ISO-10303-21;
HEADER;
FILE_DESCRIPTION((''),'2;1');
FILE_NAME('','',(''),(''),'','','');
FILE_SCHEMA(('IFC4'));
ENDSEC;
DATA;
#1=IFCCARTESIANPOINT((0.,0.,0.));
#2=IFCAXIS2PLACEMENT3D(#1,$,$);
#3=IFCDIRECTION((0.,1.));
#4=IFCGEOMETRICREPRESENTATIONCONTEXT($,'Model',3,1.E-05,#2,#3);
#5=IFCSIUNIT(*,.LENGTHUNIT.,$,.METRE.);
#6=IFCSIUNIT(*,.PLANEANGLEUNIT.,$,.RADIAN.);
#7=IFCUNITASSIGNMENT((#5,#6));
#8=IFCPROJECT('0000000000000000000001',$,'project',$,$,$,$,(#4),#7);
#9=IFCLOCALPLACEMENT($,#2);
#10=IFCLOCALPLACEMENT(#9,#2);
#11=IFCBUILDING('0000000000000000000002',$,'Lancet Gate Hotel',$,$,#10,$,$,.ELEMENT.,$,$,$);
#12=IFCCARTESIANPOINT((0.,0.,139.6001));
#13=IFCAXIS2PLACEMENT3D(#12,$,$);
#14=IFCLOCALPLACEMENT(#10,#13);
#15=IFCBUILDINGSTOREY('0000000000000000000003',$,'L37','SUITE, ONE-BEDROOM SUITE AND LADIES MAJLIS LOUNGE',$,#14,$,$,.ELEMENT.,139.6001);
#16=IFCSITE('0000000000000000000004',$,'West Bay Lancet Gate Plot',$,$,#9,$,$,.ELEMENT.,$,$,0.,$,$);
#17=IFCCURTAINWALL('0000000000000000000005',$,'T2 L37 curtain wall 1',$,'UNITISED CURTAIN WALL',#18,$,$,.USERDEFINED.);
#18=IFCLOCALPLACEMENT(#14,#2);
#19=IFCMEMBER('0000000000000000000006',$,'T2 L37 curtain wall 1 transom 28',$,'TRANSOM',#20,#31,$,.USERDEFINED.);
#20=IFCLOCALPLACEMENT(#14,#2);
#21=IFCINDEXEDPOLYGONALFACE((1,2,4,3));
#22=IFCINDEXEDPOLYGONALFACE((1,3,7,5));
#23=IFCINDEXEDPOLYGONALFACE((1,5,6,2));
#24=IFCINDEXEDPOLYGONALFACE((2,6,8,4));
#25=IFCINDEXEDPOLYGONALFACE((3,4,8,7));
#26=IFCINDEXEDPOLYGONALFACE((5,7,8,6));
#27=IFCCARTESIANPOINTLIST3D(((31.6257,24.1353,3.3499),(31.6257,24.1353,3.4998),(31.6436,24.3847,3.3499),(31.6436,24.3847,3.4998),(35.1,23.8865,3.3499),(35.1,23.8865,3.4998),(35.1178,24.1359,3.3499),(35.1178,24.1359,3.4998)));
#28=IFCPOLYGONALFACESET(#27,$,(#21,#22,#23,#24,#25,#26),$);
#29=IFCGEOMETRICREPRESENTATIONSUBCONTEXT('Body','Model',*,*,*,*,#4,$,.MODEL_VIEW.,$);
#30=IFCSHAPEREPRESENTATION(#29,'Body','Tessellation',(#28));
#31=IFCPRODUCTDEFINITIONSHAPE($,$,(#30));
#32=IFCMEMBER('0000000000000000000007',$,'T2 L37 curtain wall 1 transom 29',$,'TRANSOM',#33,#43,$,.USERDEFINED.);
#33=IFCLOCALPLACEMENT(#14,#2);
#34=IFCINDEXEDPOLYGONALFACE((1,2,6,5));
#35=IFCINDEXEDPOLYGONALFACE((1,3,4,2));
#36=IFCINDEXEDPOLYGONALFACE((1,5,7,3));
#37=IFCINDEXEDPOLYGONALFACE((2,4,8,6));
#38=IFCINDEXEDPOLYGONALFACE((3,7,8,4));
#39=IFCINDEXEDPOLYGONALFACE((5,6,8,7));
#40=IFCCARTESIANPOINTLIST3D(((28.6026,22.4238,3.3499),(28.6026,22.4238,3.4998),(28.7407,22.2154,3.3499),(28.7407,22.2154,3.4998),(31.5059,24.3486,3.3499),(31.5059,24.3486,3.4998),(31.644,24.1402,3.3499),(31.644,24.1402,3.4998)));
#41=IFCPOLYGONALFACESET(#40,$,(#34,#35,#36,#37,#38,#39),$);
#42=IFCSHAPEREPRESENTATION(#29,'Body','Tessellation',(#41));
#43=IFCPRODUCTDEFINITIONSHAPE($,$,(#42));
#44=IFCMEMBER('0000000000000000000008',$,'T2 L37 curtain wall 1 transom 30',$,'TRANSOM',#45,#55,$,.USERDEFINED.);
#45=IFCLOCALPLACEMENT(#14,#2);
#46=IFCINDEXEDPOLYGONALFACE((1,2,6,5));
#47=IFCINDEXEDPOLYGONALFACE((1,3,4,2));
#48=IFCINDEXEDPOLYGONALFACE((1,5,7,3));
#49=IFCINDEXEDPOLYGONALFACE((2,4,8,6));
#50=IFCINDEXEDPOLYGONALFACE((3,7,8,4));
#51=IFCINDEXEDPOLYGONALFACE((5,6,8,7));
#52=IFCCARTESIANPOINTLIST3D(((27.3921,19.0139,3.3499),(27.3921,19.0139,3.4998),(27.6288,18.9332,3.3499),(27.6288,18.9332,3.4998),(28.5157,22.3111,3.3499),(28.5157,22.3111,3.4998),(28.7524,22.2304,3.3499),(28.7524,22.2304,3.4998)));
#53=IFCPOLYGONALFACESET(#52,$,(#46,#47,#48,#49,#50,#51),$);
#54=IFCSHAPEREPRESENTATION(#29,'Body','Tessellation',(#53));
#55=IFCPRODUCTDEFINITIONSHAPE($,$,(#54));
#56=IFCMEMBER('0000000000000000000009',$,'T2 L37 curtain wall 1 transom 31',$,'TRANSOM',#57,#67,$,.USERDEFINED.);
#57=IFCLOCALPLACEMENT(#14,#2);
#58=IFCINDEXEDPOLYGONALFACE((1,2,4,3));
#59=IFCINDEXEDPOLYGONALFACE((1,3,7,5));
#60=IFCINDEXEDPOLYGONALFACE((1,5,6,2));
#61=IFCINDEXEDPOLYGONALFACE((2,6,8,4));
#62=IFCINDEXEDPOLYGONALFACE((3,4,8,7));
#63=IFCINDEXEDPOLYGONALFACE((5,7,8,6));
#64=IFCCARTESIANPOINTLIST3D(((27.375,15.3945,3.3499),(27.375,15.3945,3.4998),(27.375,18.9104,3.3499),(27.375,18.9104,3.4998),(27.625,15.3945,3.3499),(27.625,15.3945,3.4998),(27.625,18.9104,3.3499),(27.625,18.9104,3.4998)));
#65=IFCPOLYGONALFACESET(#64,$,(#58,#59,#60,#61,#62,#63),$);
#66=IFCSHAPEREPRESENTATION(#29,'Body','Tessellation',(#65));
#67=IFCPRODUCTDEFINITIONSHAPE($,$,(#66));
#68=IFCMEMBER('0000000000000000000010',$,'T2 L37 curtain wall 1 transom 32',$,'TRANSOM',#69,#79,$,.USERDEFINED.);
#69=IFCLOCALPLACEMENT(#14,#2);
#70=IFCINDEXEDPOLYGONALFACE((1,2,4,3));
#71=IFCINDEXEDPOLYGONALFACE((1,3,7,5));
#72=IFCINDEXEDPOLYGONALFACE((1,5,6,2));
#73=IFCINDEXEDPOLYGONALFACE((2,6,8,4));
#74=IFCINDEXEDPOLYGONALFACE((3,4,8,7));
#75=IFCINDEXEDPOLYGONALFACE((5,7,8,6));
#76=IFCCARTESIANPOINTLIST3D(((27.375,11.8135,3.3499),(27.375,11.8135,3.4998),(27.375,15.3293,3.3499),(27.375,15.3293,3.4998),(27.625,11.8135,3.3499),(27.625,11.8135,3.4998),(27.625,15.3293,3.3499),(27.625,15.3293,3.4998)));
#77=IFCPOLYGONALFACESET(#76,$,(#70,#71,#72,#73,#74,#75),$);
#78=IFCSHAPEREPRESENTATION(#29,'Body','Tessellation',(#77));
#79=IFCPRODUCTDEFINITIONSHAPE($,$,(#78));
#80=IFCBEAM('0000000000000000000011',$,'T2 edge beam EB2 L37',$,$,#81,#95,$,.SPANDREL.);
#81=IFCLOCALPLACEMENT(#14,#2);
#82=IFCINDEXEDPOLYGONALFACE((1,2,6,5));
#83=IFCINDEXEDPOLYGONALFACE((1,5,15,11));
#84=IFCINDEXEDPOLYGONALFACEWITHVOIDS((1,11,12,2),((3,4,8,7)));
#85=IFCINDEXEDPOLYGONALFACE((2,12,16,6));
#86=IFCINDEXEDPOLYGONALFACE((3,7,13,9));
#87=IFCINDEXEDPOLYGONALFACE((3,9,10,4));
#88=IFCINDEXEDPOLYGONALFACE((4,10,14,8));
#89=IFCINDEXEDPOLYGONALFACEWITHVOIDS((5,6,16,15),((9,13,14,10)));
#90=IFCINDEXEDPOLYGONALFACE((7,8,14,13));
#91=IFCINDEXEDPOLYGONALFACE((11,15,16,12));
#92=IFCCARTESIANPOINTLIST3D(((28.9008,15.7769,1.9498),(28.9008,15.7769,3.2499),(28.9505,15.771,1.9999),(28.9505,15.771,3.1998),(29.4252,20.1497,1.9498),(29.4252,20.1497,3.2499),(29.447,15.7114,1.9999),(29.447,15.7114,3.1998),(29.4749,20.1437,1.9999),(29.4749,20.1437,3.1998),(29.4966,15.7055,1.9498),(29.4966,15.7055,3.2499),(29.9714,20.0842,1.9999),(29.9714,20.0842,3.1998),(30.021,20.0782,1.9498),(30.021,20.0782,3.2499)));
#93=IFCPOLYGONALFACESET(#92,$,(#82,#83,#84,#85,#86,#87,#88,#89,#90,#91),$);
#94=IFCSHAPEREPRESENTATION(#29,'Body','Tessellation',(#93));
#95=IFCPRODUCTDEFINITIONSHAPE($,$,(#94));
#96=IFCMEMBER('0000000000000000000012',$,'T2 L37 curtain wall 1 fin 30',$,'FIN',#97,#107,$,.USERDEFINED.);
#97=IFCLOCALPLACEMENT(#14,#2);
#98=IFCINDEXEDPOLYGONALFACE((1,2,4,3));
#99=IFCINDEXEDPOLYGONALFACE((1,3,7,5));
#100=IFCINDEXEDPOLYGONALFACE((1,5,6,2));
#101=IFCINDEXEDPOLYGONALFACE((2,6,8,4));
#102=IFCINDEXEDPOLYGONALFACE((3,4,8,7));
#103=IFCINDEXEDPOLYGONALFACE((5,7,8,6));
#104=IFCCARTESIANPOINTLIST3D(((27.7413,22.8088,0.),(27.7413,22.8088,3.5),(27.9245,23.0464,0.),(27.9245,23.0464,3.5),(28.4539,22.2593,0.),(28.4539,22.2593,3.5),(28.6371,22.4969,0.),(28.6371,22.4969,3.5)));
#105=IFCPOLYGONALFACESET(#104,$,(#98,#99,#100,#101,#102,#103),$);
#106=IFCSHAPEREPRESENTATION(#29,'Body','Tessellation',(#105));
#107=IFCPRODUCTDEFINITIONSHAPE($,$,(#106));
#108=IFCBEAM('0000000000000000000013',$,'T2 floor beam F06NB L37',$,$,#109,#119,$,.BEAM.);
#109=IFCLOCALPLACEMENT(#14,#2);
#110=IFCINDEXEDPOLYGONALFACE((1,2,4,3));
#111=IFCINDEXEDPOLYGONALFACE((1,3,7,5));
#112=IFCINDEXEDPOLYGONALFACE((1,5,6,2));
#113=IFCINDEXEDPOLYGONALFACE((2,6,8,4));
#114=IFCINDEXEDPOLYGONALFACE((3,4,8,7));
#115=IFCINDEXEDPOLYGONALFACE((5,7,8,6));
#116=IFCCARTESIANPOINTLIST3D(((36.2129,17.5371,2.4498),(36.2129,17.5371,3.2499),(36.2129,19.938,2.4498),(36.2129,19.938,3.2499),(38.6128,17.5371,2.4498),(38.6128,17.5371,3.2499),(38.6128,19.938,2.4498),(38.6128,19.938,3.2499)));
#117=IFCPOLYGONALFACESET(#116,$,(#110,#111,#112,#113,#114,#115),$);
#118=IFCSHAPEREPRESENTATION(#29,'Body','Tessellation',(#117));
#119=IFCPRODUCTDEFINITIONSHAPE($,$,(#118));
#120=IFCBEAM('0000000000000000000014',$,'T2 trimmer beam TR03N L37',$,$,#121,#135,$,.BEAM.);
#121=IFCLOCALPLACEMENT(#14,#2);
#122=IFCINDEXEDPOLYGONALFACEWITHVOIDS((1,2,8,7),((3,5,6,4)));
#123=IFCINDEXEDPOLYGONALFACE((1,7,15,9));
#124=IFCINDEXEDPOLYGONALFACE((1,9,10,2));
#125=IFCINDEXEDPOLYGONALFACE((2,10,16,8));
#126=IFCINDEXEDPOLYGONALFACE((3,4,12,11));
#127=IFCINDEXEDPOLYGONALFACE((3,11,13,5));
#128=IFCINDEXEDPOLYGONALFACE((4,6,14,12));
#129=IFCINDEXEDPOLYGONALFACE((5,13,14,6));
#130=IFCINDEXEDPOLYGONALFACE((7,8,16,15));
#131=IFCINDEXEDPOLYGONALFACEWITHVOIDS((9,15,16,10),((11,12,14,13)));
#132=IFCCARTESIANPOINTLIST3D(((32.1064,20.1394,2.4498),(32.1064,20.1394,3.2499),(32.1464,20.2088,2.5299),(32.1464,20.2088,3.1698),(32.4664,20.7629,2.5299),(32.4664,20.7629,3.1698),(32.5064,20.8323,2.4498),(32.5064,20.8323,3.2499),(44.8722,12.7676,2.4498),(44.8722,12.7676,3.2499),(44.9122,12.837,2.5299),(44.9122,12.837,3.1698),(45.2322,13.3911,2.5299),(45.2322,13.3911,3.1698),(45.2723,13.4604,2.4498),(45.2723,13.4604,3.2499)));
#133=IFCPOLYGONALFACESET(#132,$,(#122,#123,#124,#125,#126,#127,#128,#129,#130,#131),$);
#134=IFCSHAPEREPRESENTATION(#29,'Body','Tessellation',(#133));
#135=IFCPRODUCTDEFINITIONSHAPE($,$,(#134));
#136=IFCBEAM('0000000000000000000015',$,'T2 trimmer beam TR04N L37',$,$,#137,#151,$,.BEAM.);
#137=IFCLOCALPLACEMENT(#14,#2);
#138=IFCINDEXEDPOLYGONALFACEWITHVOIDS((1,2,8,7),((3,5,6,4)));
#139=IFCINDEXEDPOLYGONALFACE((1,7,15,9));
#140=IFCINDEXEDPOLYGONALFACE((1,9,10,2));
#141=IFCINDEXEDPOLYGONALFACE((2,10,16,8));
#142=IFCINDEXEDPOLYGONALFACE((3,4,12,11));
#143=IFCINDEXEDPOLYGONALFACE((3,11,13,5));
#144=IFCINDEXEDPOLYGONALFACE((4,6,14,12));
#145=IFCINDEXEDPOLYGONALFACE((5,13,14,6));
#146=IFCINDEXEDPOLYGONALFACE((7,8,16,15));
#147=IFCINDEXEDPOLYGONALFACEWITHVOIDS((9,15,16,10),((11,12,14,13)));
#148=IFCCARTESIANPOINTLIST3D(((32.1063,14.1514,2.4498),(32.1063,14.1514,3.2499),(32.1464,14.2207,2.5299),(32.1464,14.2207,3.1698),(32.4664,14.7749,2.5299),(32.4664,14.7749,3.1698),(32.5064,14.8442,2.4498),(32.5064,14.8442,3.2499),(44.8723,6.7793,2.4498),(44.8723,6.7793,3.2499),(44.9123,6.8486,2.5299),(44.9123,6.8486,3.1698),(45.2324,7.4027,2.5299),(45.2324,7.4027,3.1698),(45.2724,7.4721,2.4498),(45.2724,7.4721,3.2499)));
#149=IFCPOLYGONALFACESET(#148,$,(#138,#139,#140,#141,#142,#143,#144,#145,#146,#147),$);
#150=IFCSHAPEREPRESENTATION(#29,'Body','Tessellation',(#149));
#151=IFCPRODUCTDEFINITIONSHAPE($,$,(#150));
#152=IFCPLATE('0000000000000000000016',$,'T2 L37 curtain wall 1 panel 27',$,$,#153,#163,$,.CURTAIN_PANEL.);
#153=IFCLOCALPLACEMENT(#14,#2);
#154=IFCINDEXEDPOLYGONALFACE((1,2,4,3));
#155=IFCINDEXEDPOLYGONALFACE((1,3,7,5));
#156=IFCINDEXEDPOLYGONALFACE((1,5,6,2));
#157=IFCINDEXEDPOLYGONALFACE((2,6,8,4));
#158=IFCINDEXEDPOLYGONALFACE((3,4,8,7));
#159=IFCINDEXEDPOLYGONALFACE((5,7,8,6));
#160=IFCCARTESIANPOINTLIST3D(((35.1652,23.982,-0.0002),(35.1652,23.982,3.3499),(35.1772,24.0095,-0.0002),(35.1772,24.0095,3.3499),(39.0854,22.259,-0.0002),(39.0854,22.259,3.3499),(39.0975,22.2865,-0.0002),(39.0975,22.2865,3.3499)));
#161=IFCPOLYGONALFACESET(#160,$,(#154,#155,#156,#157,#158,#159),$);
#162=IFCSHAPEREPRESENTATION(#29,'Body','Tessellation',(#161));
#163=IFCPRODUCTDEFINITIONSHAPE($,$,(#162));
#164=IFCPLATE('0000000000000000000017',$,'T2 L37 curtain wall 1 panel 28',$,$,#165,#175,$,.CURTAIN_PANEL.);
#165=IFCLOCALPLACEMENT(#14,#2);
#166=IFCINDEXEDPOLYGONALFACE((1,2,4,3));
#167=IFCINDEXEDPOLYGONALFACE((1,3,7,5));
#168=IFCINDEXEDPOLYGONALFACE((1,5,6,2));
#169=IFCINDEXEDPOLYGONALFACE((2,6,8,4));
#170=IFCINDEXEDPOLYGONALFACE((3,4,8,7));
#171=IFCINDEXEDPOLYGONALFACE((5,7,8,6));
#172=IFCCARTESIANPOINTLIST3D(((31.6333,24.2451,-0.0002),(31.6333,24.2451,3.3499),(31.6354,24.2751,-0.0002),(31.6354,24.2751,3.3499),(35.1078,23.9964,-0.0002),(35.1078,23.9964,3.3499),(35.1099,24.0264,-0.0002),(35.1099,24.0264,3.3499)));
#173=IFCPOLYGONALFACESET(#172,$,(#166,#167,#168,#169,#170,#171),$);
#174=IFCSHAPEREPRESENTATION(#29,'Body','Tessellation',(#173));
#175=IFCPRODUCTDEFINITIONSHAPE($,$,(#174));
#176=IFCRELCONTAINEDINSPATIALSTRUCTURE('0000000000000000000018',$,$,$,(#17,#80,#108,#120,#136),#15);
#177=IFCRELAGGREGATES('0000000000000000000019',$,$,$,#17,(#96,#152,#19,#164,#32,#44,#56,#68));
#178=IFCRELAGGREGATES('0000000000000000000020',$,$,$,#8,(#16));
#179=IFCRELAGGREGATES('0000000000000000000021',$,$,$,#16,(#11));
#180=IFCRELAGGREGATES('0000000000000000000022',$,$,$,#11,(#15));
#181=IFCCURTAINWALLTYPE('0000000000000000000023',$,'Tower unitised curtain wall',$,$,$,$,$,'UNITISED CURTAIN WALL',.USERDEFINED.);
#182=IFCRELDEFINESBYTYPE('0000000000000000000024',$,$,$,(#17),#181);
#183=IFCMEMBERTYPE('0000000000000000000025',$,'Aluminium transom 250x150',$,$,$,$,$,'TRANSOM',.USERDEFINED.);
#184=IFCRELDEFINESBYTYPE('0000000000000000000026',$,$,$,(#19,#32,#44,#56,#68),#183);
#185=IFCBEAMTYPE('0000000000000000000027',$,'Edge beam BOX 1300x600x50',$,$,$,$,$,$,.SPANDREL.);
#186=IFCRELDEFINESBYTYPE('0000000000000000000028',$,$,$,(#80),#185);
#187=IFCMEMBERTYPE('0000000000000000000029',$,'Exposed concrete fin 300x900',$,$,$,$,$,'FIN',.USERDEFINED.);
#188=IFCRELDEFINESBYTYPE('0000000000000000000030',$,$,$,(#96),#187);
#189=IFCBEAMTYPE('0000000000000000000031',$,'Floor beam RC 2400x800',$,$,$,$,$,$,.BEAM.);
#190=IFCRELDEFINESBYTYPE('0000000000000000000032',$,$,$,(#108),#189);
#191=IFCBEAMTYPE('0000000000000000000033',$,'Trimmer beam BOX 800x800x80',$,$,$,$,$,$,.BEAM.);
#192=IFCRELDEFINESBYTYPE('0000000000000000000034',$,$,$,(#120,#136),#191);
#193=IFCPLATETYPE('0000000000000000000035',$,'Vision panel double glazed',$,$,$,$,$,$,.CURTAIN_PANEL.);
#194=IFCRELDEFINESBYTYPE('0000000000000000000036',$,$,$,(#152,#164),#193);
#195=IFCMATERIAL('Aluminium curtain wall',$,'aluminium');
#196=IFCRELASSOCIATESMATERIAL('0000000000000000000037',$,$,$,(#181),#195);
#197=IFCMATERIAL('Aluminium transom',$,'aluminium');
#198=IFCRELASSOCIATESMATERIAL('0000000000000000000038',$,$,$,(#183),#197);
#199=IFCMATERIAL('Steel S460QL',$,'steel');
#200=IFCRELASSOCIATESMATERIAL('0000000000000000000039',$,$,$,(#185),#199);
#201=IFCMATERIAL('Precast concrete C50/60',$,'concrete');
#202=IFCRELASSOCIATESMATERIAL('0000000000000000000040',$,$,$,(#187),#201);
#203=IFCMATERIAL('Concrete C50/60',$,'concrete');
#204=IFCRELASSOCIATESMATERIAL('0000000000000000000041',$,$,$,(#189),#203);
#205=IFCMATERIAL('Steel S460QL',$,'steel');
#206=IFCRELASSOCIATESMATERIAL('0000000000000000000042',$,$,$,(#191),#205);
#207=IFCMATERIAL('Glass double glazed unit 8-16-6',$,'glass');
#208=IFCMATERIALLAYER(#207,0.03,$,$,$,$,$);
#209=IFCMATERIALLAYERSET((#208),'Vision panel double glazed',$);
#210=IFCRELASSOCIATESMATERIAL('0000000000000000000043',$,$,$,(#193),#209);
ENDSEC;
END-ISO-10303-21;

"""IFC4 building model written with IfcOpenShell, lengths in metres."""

from ifc_helpers import new_model, si_unit, direction, frame, origin, origin_2d, place, context, subcontext, project, spatial, rectangle, hollow_rectangle, extrude, material, layer, layer_set, material_profile, profile_set, type_object, element, aggregate, save


model = new_model("IFC4")

# Units and contexts
model_context = context("Model", 3, precision=1e-05, world=origin(), true_north=direction((0.0, 1.0)))
body_context = subcontext(model_context, "Body", "Model", "MODEL_VIEW")
ifc_project = project(units=[si_unit("LENGTHUNIT", "METRE"), si_unit("PLANEANGLEUNIT", "RADIAN")], contexts=[model_context])

# Site, building, storey
site_placement = place(None, origin())
site = spatial("IfcSite", under=ifc_project, at=site_placement, Name="West Bay Lancet Gate Plot", CompositionType="ELEMENT", RefElevation=0.0)
building_placement = place(site_placement, origin())
building = spatial("IfcBuilding", under=site, at=building_placement, Name="Lancet Gate Hotel", CompositionType="ELEMENT")
storey_placement = place(building_placement, frame((0.0, 0.0, 139.6001)))
storey = spatial("IfcBuildingStorey", under=building, at=storey_placement, Name="L37", Description="SUITE, ONE-BEDROOM SUITE AND LADIES MAJLIS LOUNGE", CompositionType="ELEMENT", Elevation=139.6001)

# Curtain wall, members
ifc_material_1 = material(Name="Aluminium curtain wall", Category="aluminium")
curtain_wall_type = type_object("IfcCurtainWallType", Name="Tower unitised curtain wall", ElementType="UNITISED CURTAIN WALL", PredefinedType="USERDEFINED", material=ifc_material_1)
curtain_wall_placement = place(storey_placement, origin())
curtain_wall = element("IfcCurtainWall", 1, at=curtain_wall_placement, inside=storey, type_object=curtain_wall_type, Name="T2 L37 curtain wall 1", ObjectType="UNITISED CURTAIN WALL", PredefinedType="USERDEFINED")
ifc_material_2 = material(Name="Aluminium transom", Category="aluminium")
ifc_material_profile_1 = material_profile(ifc_material_2, rectangle(XDim=0.25, YDim=0.1499, at=origin_2d()), Name="TRANSOM 250x150")
ifc_profile_set_1 = profile_set([ifc_material_profile_1], Name="Aluminium transom")
member_type_1 = type_object("IfcMemberType", Name="Aluminium transom 250x150", ElementType="TRANSOM", PredefinedType="USERDEFINED", material=ifc_profile_set_1)
member_1_placement = place(storey_placement, frame((35.1089, 24.0112, 3.4248), z_axis=(-0.997446, 0.071421, 0.0), x_axis=(-0.071421, -0.997446, 0.0)))
member_1 = element("IfcMember", 2, at=member_1_placement, type_object=member_type_1, Name="T2 L37 curtain wall 1 transom 28", ObjectType="TRANSOM", PredefinedType="USERDEFINED", context=body_context, shape_type="SweptSolid", body=[
    extrude(rectangle(XDim=0.25, YDim=0.1499, at=origin_2d()), origin(), (0.0, 0.0, 1.0), 3.4832),
])
member_2_placement = place(storey_placement, frame((31.575, 24.2444, 3.4248), z_axis=(-0.833471, -0.552563, 0.0), x_axis=(0.552563, -0.833471, 0.0)))
member_2 = element("IfcMember", 3, at=member_2_placement, type_object=member_type_1, Name="T2 L37 curtain wall 1 transom 29", ObjectType="TRANSOM", PredefinedType="USERDEFINED", context=body_context, shape_type="SweptSolid", body=[
    extrude(rectangle(XDim=0.25, YDim=0.1499, at=origin_2d()), origin(), (0.0, 0.0, 1.0), 3.4834),
])
member_3_placement = place(storey_placement, frame((28.634, 22.2708, 3.4248), z_axis=(-0.32255, -0.946553, 0.0), x_axis=(0.946553, -0.32255, 0.0)))
member_3 = element("IfcMember", 4, at=member_3_placement, type_object=member_type_1, Name="T2 L37 curtain wall 1 transom 30", ObjectType="TRANSOM", PredefinedType="USERDEFINED", context=body_context, shape_type="SweptSolid", body=[
    extrude(rectangle(XDim=0.25, YDim=0.1499, at=origin_2d()), origin(), (0.0, 0.0, 1.0), 3.4834),
])
member_4_placement = place(storey_placement, frame((27.5, 18.9104, 3.4248), z_axis=(0.0, -1.0, 0.0), x_axis=(1.0, 0.0, 0.0)))
member_4 = element("IfcMember", 5, at=member_4_placement, type_object=member_type_1, Name="T2 L37 curtain wall 1 transom 31", ObjectType="TRANSOM", PredefinedType="USERDEFINED", context=body_context, shape_type="SweptSolid", body=[
    extrude(rectangle(XDim=0.25, YDim=0.1499, at=origin_2d()), origin(), (0.0, 0.0, 1.0), 3.5159),
])
member_5_placement = place(storey_placement, frame((27.5, 15.3293, 3.4248), z_axis=(0.0, -1.0, 0.0), x_axis=(1.0, 0.0, 0.0)))
member_5 = element("IfcMember", 6, at=member_5_placement, type_object=member_type_1, Name="T2 L37 curtain wall 1 transom 32", ObjectType="TRANSOM", PredefinedType="USERDEFINED", context=body_context, shape_type="SweptSolid", body=[
    extrude(rectangle(XDim=0.25, YDim=0.1499, at=origin_2d()), origin(), (0.0, 0.0, 1.0), 3.5159),
])

# Beam
ifc_material_3 = material(Name="Steel S460QL", Category="steel")
ifc_material_profile_2 = material_profile(ifc_material_3, hollow_rectangle(XDim=0.6001, YDim=1.3, WallThickness=0.05, at=origin_2d()), Name="BOX 1300x600x50")
ifc_profile_set_2 = profile_set([ifc_material_profile_2], Name="Steel S460QL")
beam_type_1 = type_object("IfcBeamType", Name="Edge beam BOX 1300x600x50", PredefinedType="SPANDREL", material=ifc_profile_set_2)
beam_1_placement = place(storey_placement, frame((29.1987, 15.7412, 2.5999), z_axis=(0.119073, 0.992885, 0.0), x_axis=(-0.992885, 0.119073, 0.0)))
element("IfcBeam", 7, at=beam_1_placement, inside=storey, type_object=beam_type_1, Name="T2 edge beam EB2 L37", PredefinedType="SPANDREL", context=body_context, shape_type="SweptSolid", body=[
    extrude(hollow_rectangle(XDim=0.6001, YDim=1.3, WallThickness=0.05, at=origin_2d()), origin(), (0.0, 0.0, 1.0), 4.4041),
])

# Member
ifc_material_4 = material(Name="Precast concrete C50/60", Category="concrete")
ifc_material_profile_3 = material_profile(ifc_material_4, rectangle(XDim=0.3, YDim=0.8999, at=origin_2d()), Name="FIN 300x900")
ifc_profile_set_3 = profile_set([ifc_material_profile_3], Name="Precast concrete C50/60")
member_type_2 = type_object("IfcMemberType", Name="Exposed concrete fin 300x900", ElementType="FIN", PredefinedType="USERDEFINED", material=ifc_profile_set_3)
member_6_placement = place(storey_placement, frame((28.1892, 22.6528, 0.0), z_axis=(0.0, 0.0, 1.0), x_axis=(-0.610664, -0.79189, 0.0)))
member_6 = element("IfcMember", 8, at=member_6_placement, type_object=member_type_2, Name="T2 L37 curtain wall 1 fin 30", ObjectType="FIN", PredefinedType="USERDEFINED", context=body_context, shape_type="SweptSolid", body=[
    extrude(rectangle(XDim=0.3, YDim=0.8999, at=origin_2d()), origin(), (0.0, 0.0, 1.0), 3.5),
])

# Beams
ifc_material_5 = material(Name="Concrete C50/60", Category="concrete")
ifc_material_profile_4 = material_profile(ifc_material_5, rectangle(XDim=2.3999, YDim=0.8, at=origin_2d()), Name="RC 2400x800")
ifc_profile_set_4 = profile_set([ifc_material_profile_4], Name="Concrete C50/60")
beam_type_2 = type_object("IfcBeamType", Name="Floor beam RC 2400x800", PredefinedType="BEAM", material=ifc_profile_set_4)
beam_2_placement = place(storey_placement, frame((37.4128, 17.5371, 2.8499), z_axis=(0.0, 1.0, 0.0), x_axis=(-1.0, 0.0, 0.0)))
element("IfcBeam", 9, at=beam_2_placement, inside=storey, type_object=beam_type_2, Name="T2 floor beam F06NB L37", PredefinedType="BEAM", context=body_context, shape_type="SweptSolid", body=[
    extrude(rectangle(XDim=2.3999, YDim=0.8, at=origin_2d()), origin(), (0.0, 0.0, 1.0), 2.4009),
])
ifc_material_6 = material(Name="Steel S460QL", Category="steel")
ifc_material_profile_5 = material_profile(ifc_material_6, hollow_rectangle(XDim=0.8, YDim=0.8, WallThickness=0.0801, at=origin_2d()), Name="BOX 800x800x80")
ifc_profile_set_5 = profile_set([ifc_material_profile_5], Name="Steel S460QL")
beam_type_3 = type_object("IfcBeamType", Name="Trimmer beam BOX 800x800x80", PredefinedType="BEAM", material=ifc_profile_set_5)
beam_3_placement = place(storey_placement, frame((32.3064, 20.4858, 2.8499), z_axis=(0.865983, -0.500074, 0.0), x_axis=(0.500074, 0.865983, 0.0)))
element("IfcBeam", 10, at=beam_3_placement, inside=storey, type_object=beam_type_3, Name="T2 trimmer beam TR03N L37", PredefinedType="BEAM", context=body_context, shape_type="SweptSolid", body=[
    extrude(hollow_rectangle(XDim=0.8, YDim=0.8, WallThickness=0.0801, at=origin_2d()), origin(), (0.0, 0.0, 1.0), 14.7415),
])
beam_4_placement = place(storey_placement, frame((32.3064, 14.4978, 2.8499), z_axis=(0.865976, -0.500086, 0.0), x_axis=(0.500086, 0.865976, 0.0)))
element("IfcBeam", 11, at=beam_4_placement, inside=storey, type_object=beam_type_3, Name="T2 trimmer beam TR04N L37", PredefinedType="BEAM", context=body_context, shape_type="SweptSolid", body=[
    extrude(hollow_rectangle(XDim=0.8, YDim=0.8, WallThickness=0.0801, at=origin_2d()), origin(), (0.0, 0.0, 1.0), 14.7417),
])

# Plates
ifc_material_7 = material(Name="Glass double glazed unit 8-16-6", Category="glass")
ifc_layer_1 = layer(ifc_material_7, 0.03)
ifc_layer_set_1 = layer_set([ifc_layer_1], Name="Vision panel double glazed")
plate_type = type_object("IfcPlateType", Name="Vision panel double glazed", PredefinedType="CURTAIN_PANEL", material=ifc_layer_set_1)
plate_1_placement = place(storey_placement, frame((37.1313, 23.1343, -0.0002), z_axis=(0.0, 0.0, 1.0), x_axis=(-0.915479, 0.402367, 0.0)))
plate_1 = element("IfcPlate", 12, at=plate_1_placement, type_object=plate_type, Name="T2 L37 curtain wall 1 panel 27", PredefinedType="CURTAIN_PANEL", context=body_context, shape_type="SweptSolid", body=[
    extrude(rectangle(XDim=4.2822, YDim=0.03, at=origin_2d()), origin(), (0.0, 0.0, 1.0), 3.3501),
])
plate_2_placement = place(storey_placement, frame((33.3716, 24.1357, -0.0002), z_axis=(0.0, 0.0, 1.0), x_axis=(-0.997448, 0.07139, 0.0)))
plate_2 = element("IfcPlate", 13, at=plate_2_placement, type_object=plate_type, Name="T2 L37 curtain wall 1 panel 28", PredefinedType="CURTAIN_PANEL", context=body_context, shape_type="SweptSolid", body=[
    extrude(rectangle(XDim=3.4834, YDim=0.03, at=origin_2d()), origin(), (0.0, 0.0, 1.0), 3.3501),
])
aggregate(curtain_wall, [member_6, plate_1, member_1, plate_2, member_2, member_3, member_4, member_5])

save(model, "model.ifc")
